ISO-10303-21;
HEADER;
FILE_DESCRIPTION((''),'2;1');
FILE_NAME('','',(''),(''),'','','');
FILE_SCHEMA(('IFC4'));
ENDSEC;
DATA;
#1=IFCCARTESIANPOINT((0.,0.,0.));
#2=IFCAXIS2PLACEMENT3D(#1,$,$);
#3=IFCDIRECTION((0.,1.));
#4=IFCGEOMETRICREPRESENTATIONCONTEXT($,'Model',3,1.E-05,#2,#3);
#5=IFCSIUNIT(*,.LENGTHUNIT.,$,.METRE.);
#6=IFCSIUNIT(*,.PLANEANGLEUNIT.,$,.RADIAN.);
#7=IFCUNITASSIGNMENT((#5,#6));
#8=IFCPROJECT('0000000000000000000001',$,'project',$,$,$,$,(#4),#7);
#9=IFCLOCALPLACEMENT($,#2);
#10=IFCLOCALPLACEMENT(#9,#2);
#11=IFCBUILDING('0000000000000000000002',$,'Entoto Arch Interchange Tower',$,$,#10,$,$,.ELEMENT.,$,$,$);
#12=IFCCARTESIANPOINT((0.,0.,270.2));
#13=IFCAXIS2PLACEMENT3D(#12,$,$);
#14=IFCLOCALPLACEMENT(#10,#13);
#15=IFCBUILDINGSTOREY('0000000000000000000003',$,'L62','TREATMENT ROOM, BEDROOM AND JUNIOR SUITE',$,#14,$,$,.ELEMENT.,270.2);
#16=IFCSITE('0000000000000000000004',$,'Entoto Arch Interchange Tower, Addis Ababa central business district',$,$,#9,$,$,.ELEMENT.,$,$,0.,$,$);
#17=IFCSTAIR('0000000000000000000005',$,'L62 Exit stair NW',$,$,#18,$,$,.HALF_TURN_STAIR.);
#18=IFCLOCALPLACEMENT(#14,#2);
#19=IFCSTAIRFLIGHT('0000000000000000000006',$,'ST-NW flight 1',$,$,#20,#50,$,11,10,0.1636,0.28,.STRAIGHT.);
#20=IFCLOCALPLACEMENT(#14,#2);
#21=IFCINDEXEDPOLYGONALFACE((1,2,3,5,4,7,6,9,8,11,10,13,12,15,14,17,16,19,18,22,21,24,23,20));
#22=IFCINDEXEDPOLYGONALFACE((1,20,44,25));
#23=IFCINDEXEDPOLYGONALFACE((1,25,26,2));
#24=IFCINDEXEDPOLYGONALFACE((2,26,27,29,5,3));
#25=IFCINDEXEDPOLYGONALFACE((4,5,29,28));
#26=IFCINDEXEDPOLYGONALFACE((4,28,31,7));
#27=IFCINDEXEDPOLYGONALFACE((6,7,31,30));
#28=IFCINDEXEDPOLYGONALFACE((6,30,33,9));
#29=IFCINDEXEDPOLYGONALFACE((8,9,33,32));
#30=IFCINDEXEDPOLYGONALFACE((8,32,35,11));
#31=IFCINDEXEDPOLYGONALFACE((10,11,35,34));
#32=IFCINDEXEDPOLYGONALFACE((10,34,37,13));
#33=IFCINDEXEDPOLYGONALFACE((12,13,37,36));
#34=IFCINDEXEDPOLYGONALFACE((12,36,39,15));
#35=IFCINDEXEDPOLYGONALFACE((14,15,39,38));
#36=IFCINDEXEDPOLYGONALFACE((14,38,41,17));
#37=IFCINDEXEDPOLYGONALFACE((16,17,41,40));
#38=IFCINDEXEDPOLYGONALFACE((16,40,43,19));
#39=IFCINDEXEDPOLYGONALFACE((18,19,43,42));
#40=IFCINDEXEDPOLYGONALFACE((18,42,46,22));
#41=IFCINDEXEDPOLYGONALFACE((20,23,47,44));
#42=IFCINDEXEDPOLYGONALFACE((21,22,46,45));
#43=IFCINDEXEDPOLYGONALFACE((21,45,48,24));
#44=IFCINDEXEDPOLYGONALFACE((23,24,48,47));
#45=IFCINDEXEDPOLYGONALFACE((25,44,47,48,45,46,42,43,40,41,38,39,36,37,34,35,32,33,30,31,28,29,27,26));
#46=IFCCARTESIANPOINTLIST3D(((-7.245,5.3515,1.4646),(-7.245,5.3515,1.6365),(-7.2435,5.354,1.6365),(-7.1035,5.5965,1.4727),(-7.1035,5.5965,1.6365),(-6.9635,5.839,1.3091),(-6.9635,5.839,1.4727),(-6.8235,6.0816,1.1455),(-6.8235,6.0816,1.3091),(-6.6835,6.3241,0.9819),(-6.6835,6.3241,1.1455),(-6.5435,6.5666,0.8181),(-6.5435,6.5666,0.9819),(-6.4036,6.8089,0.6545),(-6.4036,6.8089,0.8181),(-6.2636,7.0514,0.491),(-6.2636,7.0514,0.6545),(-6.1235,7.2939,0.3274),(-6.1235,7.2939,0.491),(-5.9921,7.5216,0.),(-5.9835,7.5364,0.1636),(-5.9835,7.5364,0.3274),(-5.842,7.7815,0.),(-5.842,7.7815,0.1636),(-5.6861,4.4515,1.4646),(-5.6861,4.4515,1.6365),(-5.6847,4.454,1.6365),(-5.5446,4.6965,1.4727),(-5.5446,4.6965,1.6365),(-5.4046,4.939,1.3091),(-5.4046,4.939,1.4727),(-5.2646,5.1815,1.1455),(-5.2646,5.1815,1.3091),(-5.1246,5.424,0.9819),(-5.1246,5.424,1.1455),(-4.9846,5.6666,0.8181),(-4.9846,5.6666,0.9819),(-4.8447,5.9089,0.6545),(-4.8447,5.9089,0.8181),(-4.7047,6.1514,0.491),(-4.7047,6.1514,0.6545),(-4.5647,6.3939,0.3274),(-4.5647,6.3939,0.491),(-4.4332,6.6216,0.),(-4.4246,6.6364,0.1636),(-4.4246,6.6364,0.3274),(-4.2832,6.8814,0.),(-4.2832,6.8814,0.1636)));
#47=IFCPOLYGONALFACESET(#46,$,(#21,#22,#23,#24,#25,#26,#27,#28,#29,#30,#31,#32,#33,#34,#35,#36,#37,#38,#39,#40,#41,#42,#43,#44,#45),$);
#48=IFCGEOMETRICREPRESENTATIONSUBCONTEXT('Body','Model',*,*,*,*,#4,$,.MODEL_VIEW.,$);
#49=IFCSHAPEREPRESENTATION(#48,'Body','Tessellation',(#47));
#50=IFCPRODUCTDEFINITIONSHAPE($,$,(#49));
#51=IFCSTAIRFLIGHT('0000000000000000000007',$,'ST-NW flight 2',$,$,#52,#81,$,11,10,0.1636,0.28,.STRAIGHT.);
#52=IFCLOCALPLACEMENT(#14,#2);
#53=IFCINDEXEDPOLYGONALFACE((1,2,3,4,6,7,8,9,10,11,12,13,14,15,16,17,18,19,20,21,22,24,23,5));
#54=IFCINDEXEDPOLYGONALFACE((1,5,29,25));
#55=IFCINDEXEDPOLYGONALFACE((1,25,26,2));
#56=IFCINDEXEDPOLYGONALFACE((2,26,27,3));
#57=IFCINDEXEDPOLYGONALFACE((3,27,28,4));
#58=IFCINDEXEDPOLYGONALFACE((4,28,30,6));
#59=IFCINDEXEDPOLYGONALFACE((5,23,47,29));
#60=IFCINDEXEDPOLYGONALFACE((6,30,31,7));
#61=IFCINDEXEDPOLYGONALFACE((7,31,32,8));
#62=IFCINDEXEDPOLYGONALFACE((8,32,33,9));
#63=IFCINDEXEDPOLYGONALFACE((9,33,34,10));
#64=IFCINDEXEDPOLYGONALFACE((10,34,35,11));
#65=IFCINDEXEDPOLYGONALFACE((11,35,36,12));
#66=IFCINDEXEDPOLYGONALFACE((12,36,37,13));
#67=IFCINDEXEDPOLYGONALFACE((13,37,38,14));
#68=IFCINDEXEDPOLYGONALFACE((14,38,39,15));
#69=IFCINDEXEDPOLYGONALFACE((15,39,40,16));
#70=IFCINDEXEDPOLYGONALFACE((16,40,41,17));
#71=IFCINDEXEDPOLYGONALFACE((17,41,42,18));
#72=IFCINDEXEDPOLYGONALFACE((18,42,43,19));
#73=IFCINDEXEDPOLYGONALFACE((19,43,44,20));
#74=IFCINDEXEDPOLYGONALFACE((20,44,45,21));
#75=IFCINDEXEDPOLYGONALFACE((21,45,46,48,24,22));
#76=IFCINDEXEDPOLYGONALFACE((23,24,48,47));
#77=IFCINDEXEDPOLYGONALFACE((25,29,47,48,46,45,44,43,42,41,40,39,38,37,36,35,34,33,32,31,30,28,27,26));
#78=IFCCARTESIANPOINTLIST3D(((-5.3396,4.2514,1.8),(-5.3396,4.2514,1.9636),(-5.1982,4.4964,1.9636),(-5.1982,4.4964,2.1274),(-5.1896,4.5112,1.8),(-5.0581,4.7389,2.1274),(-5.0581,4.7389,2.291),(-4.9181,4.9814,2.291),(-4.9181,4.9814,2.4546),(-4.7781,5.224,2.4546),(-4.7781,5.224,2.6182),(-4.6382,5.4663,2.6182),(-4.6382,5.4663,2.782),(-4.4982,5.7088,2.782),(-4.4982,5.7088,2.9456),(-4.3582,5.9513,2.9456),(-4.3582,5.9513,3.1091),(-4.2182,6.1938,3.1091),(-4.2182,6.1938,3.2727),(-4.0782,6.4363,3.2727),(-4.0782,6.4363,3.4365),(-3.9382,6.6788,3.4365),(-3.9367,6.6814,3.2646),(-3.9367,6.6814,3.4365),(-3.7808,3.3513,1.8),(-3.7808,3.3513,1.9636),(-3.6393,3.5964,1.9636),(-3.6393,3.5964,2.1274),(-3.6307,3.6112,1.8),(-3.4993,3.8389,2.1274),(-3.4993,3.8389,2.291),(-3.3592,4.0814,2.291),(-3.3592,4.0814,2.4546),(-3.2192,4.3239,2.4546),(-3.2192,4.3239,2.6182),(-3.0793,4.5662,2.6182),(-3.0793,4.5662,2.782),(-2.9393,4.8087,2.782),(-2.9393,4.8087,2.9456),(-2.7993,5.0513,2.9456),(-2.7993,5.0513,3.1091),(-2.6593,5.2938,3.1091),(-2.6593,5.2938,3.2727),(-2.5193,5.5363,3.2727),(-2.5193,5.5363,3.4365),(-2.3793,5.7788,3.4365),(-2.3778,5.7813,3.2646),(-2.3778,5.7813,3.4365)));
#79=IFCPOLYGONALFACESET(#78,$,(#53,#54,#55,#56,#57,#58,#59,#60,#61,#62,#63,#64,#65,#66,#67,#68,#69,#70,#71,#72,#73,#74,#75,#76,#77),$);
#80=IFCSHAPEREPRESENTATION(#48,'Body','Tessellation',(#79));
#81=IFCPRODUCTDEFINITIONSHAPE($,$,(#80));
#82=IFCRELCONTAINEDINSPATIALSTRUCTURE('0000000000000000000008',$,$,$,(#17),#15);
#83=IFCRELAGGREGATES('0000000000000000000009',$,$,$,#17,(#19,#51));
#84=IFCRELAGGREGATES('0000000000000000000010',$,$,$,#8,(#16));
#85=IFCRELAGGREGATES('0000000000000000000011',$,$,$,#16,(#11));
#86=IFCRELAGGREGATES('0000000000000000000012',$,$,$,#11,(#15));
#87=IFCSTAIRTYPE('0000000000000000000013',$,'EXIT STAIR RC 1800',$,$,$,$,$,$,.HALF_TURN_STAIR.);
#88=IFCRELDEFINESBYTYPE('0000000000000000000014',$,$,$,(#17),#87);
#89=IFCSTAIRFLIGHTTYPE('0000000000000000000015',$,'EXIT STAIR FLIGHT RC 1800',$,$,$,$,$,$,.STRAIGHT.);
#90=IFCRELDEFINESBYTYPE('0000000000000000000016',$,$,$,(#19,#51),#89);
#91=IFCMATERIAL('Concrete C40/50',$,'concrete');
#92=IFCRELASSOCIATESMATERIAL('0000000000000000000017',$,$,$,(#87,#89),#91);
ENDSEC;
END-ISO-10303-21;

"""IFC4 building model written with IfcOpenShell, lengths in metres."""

from ifc_helpers import new_model, si_unit, direction, frame, origin, place, context, subcontext, project, spatial, polyline, outline, extrude, material, type_object, element, aggregate, save


model = new_model("IFC4")

# Units and contexts
model_context = context("Model", 3, precision=1e-05, world=origin(), true_north=direction((0.0, 1.0)))
body_context = subcontext(model_context, "Body", "Model", "MODEL_VIEW")
ifc_project = project(units=[si_unit("LENGTHUNIT", "METRE"), si_unit("PLANEANGLEUNIT", "RADIAN")], contexts=[model_context])

# Site, building, storey
site_placement = place(None, origin())
site = spatial("IfcSite", under=ifc_project, at=site_placement, Name="Entoto Arch Interchange Tower, Addis Ababa central business district", CompositionType="ELEMENT", RefElevation=0.0)
building_placement = place(site_placement, origin())
building = spatial("IfcBuilding", under=site, at=building_placement, Name="Entoto Arch Interchange Tower", CompositionType="ELEMENT")
storey_placement = place(building_placement, frame((0.0, 0.0, 270.2)))
storey = spatial("IfcBuildingStorey", under=building, at=storey_placement, Name="L62", Description="TREATMENT ROOM, BEDROOM AND JUNIOR SUITE", CompositionType="ELEMENT", Elevation=270.2)

# Shared definitions
ifc_material_1 = material(Name="Concrete C40/50", Category="concrete")

# Stair, stair flights
stair_type = type_object("IfcStairType", Name="EXIT STAIR RC 1800", PredefinedType="HALF_TURN_STAIR", material=ifc_material_1)
stair_placement = place(storey_placement, origin())
stair = element("IfcStair", 1, at=stair_placement, inside=storey, type_object=stair_type, Name="L62 Exit stair NW", PredefinedType="HALF_TURN_STAIR")
stair_flight_type = type_object("IfcStairFlightType", Name="EXIT STAIR FLIGHT RC 1800", PredefinedType="STRAIGHT", material=ifc_material_1)
stair_flight_1_placement = place(storey_placement, frame((-5.064, 7.3289, 0.0), z_axis=(0.0, 0.0, 1.0), x_axis=(-0.5, -0.866025, 0.0)))
stair_flight_1 = element("IfcStairFlight", 2, at=stair_flight_1_placement, type_object=stair_flight_type, Name="ST-NW flight 1", NumberOfRisers=11, NumberOfTreads=10, PredefinedType="STRAIGHT", RiserHeight=0.1636, TreadLength=0.28, context=body_context, shape_type="SweptSolid", body=[
    extrude(outline(polyline([(-0.0029, 0.0), (-0.0029, 0.1636), (0.28, 0.1636), (0.28, 0.3274), (0.5601, 0.3274), (0.5601, 0.491), (0.8401, 0.491), (0.8401, 0.6545), (1.1201, 0.6545), (1.1201, 0.8181), (1.3999, 0.8181), (1.3999, 0.9819), (1.6799, 0.9819), (1.6799, 1.1455), (1.96, 1.1455), (1.96, 1.3091), (2.24, 1.3091), (2.24, 1.4727), (2.52, 1.4727), (2.52, 1.6365), (2.8, 1.6365), (2.803, 1.6365), (2.803, 1.4646), (0.2971, 0.0), (-0.0029, 0.0)])), frame((0.0, 0.8999, 0.0), z_axis=(0.0, -1.0, 0.0), x_axis=(1.0, 0.0, 0.0)), (0.0, 0.0, 1.0), 1.8),
])
stair_flight_2_placement = place(storey_placement, frame((-4.5588, 3.804, 1.8), z_axis=(0.0, 0.0, 1.0), x_axis=(0.5, 0.866025, 0.0)))
stair_flight_2 = element("IfcStairFlight", 3, at=stair_flight_2_placement, type_object=stair_flight_type, Name="ST-NW flight 2", NumberOfRisers=11, NumberOfTreads=10, PredefinedType="STRAIGHT", RiserHeight=0.1636, TreadLength=0.28, context=body_context, shape_type="SweptSolid", body=[
    extrude(outline(polyline([(-0.0029, 0.0), (-0.0029, 0.1636), (0.28, 0.1636), (0.28, 0.3274), (0.5601, 0.3274), (0.5601, 0.491), (0.8401, 0.491), (0.8401, 0.6545), (1.1201, 0.6545), (1.1201, 0.8181), (1.3999, 0.8181), (1.3999, 0.9819), (1.6799, 0.9819), (1.6799, 1.1455), (1.96, 1.1455), (1.96, 1.3091), (2.24, 1.3091), (2.24, 1.4727), (2.52, 1.4727), (2.52, 1.6365), (2.8, 1.6365), (2.803, 1.6365), (2.803, 1.4646), (0.2971, 0.0), (-0.0029, 0.0)])), frame((0.0, 0.8999, 0.0), z_axis=(0.0, -1.0, 0.0), x_axis=(1.0, 0.0, 0.0)), (0.0, 0.0, 1.0), 1.8),
])
aggregate(stair, [stair_flight_1, stair_flight_2])

save(model, "model.ifc")
